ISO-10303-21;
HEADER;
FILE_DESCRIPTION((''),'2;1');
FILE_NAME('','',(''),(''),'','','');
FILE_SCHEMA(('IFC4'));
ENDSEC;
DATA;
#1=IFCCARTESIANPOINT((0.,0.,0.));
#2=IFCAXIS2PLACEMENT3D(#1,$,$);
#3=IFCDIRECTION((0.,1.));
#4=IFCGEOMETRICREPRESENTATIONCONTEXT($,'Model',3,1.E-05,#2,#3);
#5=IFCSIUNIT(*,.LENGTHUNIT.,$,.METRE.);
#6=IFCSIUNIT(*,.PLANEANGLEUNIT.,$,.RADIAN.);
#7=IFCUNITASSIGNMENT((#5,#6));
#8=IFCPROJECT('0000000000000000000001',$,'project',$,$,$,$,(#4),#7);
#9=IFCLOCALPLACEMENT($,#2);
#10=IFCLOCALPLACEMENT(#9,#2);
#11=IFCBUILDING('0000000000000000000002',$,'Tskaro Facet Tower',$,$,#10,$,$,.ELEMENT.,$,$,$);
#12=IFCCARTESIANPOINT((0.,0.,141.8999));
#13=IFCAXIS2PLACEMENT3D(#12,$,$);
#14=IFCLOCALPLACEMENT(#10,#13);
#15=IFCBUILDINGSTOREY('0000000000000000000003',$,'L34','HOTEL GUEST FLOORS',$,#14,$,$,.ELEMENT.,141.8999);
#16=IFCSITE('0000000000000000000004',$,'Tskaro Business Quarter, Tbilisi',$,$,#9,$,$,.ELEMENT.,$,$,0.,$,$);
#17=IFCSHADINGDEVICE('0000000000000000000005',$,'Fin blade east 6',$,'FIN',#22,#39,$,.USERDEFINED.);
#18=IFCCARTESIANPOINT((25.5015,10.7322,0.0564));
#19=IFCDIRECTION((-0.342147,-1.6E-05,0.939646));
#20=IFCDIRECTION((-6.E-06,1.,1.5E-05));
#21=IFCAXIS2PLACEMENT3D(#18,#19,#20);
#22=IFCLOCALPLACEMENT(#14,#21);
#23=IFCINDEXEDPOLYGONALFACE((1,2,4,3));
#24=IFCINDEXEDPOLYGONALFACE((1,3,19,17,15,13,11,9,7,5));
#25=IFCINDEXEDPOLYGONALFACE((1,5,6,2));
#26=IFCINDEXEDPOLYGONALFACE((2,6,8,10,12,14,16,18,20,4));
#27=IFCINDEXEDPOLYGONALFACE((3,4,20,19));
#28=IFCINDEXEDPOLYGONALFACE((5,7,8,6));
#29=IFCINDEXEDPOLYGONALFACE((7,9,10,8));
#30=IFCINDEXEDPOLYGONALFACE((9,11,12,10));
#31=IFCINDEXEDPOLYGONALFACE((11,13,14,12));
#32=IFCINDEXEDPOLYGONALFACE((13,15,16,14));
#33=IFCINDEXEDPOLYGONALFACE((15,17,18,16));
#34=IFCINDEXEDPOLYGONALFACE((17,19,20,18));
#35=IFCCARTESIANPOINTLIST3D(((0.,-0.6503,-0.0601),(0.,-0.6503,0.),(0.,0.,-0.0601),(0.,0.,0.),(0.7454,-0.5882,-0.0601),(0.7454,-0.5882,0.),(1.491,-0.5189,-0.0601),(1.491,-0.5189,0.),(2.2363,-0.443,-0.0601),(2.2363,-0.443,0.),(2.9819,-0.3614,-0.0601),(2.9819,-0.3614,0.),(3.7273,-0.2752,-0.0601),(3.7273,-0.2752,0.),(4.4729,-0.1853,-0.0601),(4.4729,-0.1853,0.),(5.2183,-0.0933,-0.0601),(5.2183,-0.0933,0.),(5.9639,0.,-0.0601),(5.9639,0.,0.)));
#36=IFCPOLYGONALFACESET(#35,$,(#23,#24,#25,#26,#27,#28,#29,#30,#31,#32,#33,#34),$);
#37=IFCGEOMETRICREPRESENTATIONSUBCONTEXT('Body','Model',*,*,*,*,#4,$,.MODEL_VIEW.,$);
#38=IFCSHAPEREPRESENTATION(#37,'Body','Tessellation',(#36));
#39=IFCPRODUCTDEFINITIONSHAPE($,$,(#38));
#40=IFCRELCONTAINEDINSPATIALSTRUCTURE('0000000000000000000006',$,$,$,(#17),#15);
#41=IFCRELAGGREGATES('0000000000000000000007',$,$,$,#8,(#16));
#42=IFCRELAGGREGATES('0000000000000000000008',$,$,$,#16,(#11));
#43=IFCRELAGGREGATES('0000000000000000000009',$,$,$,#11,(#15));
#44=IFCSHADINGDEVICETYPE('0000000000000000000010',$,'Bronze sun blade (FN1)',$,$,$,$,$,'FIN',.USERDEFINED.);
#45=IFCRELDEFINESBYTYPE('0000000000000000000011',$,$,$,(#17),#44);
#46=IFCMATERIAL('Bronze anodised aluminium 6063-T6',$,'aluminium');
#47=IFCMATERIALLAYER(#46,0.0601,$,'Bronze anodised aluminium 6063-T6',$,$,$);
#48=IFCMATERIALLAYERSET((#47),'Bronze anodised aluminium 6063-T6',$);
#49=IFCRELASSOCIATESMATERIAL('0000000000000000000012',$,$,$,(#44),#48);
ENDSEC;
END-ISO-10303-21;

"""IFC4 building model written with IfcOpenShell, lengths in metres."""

from ifc_helpers import new_model, si_unit, direction, frame, origin, place, context, subcontext, project, spatial, polyline, outline, extrude, material, layer, layer_set, type_object, element, save


model = new_model("IFC4")

# Units and contexts
model_context = context("Model", 3, precision=1e-05, world=origin(), true_north=direction((0.0, 1.0)))
body_context = subcontext(model_context, "Body", "Model", "MODEL_VIEW")
ifc_project = project(units=[si_unit("LENGTHUNIT", "METRE"), si_unit("PLANEANGLEUNIT", "RADIAN")], contexts=[model_context])

# Site, building, storey
site_placement = place(None, origin())
site = spatial("IfcSite", under=ifc_project, at=site_placement, Name="Tskaro Business Quarter, Tbilisi", CompositionType="ELEMENT", RefElevation=0.0)
building_placement = place(site_placement, origin())
building = spatial("IfcBuilding", under=site, at=building_placement, Name="Tskaro Facet Tower", CompositionType="ELEMENT")
storey_placement = place(building_placement, frame((0.0, 0.0, 141.8999)))
storey = spatial("IfcBuildingStorey", under=building, at=storey_placement, Name="L34", Description="HOTEL GUEST FLOORS", CompositionType="ELEMENT", Elevation=141.8999)

# Shared definitions
ifc_material_1 = material(Name="Bronze anodised aluminium 6063-T6", Category="aluminium")

# Shading device
ifc_layer_1 = layer(ifc_material_1, 0.0601, Name="Bronze anodised aluminium 6063-T6")
ifc_layer_set_1 = layer_set([ifc_layer_1], Name="Bronze anodised aluminium 6063-T6")
shading_device_type = type_object("IfcShadingDeviceType", Name="Bronze sun blade (FN1)", ElementType="FIN", PredefinedType="USERDEFINED", material=ifc_layer_set_1)
shading_device_1_placement = place(storey_placement, frame((25.5015, 10.7322, 0.0564), z_axis=(-0.342147, -0.000016, 0.939646), x_axis=(-0.000006, 1.0, 0.000015)))
element("IfcShadingDevice", 1, at=shading_device_1_placement, inside=storey, type_object=shading_device_type, Name="Fin blade east 6", ObjectType="FIN", PredefinedType="USERDEFINED", context=body_context, shape_type="SweptSolid", body=[
    extrude(outline(polyline([(0.0, 0.0), (5.9639, 0.0), (5.2183, -0.0933), (4.4729, -0.1853), (3.7273, -0.2752), (2.9819, -0.3614), (2.2363, -0.443), (1.491, -0.5189), (0.7454, -0.5882), (0.0, -0.6503), (0.0, 0.0)])), origin(), (0.0, 0.0, -1.0), 0.0601),
])

save(model, "model.ifc")
